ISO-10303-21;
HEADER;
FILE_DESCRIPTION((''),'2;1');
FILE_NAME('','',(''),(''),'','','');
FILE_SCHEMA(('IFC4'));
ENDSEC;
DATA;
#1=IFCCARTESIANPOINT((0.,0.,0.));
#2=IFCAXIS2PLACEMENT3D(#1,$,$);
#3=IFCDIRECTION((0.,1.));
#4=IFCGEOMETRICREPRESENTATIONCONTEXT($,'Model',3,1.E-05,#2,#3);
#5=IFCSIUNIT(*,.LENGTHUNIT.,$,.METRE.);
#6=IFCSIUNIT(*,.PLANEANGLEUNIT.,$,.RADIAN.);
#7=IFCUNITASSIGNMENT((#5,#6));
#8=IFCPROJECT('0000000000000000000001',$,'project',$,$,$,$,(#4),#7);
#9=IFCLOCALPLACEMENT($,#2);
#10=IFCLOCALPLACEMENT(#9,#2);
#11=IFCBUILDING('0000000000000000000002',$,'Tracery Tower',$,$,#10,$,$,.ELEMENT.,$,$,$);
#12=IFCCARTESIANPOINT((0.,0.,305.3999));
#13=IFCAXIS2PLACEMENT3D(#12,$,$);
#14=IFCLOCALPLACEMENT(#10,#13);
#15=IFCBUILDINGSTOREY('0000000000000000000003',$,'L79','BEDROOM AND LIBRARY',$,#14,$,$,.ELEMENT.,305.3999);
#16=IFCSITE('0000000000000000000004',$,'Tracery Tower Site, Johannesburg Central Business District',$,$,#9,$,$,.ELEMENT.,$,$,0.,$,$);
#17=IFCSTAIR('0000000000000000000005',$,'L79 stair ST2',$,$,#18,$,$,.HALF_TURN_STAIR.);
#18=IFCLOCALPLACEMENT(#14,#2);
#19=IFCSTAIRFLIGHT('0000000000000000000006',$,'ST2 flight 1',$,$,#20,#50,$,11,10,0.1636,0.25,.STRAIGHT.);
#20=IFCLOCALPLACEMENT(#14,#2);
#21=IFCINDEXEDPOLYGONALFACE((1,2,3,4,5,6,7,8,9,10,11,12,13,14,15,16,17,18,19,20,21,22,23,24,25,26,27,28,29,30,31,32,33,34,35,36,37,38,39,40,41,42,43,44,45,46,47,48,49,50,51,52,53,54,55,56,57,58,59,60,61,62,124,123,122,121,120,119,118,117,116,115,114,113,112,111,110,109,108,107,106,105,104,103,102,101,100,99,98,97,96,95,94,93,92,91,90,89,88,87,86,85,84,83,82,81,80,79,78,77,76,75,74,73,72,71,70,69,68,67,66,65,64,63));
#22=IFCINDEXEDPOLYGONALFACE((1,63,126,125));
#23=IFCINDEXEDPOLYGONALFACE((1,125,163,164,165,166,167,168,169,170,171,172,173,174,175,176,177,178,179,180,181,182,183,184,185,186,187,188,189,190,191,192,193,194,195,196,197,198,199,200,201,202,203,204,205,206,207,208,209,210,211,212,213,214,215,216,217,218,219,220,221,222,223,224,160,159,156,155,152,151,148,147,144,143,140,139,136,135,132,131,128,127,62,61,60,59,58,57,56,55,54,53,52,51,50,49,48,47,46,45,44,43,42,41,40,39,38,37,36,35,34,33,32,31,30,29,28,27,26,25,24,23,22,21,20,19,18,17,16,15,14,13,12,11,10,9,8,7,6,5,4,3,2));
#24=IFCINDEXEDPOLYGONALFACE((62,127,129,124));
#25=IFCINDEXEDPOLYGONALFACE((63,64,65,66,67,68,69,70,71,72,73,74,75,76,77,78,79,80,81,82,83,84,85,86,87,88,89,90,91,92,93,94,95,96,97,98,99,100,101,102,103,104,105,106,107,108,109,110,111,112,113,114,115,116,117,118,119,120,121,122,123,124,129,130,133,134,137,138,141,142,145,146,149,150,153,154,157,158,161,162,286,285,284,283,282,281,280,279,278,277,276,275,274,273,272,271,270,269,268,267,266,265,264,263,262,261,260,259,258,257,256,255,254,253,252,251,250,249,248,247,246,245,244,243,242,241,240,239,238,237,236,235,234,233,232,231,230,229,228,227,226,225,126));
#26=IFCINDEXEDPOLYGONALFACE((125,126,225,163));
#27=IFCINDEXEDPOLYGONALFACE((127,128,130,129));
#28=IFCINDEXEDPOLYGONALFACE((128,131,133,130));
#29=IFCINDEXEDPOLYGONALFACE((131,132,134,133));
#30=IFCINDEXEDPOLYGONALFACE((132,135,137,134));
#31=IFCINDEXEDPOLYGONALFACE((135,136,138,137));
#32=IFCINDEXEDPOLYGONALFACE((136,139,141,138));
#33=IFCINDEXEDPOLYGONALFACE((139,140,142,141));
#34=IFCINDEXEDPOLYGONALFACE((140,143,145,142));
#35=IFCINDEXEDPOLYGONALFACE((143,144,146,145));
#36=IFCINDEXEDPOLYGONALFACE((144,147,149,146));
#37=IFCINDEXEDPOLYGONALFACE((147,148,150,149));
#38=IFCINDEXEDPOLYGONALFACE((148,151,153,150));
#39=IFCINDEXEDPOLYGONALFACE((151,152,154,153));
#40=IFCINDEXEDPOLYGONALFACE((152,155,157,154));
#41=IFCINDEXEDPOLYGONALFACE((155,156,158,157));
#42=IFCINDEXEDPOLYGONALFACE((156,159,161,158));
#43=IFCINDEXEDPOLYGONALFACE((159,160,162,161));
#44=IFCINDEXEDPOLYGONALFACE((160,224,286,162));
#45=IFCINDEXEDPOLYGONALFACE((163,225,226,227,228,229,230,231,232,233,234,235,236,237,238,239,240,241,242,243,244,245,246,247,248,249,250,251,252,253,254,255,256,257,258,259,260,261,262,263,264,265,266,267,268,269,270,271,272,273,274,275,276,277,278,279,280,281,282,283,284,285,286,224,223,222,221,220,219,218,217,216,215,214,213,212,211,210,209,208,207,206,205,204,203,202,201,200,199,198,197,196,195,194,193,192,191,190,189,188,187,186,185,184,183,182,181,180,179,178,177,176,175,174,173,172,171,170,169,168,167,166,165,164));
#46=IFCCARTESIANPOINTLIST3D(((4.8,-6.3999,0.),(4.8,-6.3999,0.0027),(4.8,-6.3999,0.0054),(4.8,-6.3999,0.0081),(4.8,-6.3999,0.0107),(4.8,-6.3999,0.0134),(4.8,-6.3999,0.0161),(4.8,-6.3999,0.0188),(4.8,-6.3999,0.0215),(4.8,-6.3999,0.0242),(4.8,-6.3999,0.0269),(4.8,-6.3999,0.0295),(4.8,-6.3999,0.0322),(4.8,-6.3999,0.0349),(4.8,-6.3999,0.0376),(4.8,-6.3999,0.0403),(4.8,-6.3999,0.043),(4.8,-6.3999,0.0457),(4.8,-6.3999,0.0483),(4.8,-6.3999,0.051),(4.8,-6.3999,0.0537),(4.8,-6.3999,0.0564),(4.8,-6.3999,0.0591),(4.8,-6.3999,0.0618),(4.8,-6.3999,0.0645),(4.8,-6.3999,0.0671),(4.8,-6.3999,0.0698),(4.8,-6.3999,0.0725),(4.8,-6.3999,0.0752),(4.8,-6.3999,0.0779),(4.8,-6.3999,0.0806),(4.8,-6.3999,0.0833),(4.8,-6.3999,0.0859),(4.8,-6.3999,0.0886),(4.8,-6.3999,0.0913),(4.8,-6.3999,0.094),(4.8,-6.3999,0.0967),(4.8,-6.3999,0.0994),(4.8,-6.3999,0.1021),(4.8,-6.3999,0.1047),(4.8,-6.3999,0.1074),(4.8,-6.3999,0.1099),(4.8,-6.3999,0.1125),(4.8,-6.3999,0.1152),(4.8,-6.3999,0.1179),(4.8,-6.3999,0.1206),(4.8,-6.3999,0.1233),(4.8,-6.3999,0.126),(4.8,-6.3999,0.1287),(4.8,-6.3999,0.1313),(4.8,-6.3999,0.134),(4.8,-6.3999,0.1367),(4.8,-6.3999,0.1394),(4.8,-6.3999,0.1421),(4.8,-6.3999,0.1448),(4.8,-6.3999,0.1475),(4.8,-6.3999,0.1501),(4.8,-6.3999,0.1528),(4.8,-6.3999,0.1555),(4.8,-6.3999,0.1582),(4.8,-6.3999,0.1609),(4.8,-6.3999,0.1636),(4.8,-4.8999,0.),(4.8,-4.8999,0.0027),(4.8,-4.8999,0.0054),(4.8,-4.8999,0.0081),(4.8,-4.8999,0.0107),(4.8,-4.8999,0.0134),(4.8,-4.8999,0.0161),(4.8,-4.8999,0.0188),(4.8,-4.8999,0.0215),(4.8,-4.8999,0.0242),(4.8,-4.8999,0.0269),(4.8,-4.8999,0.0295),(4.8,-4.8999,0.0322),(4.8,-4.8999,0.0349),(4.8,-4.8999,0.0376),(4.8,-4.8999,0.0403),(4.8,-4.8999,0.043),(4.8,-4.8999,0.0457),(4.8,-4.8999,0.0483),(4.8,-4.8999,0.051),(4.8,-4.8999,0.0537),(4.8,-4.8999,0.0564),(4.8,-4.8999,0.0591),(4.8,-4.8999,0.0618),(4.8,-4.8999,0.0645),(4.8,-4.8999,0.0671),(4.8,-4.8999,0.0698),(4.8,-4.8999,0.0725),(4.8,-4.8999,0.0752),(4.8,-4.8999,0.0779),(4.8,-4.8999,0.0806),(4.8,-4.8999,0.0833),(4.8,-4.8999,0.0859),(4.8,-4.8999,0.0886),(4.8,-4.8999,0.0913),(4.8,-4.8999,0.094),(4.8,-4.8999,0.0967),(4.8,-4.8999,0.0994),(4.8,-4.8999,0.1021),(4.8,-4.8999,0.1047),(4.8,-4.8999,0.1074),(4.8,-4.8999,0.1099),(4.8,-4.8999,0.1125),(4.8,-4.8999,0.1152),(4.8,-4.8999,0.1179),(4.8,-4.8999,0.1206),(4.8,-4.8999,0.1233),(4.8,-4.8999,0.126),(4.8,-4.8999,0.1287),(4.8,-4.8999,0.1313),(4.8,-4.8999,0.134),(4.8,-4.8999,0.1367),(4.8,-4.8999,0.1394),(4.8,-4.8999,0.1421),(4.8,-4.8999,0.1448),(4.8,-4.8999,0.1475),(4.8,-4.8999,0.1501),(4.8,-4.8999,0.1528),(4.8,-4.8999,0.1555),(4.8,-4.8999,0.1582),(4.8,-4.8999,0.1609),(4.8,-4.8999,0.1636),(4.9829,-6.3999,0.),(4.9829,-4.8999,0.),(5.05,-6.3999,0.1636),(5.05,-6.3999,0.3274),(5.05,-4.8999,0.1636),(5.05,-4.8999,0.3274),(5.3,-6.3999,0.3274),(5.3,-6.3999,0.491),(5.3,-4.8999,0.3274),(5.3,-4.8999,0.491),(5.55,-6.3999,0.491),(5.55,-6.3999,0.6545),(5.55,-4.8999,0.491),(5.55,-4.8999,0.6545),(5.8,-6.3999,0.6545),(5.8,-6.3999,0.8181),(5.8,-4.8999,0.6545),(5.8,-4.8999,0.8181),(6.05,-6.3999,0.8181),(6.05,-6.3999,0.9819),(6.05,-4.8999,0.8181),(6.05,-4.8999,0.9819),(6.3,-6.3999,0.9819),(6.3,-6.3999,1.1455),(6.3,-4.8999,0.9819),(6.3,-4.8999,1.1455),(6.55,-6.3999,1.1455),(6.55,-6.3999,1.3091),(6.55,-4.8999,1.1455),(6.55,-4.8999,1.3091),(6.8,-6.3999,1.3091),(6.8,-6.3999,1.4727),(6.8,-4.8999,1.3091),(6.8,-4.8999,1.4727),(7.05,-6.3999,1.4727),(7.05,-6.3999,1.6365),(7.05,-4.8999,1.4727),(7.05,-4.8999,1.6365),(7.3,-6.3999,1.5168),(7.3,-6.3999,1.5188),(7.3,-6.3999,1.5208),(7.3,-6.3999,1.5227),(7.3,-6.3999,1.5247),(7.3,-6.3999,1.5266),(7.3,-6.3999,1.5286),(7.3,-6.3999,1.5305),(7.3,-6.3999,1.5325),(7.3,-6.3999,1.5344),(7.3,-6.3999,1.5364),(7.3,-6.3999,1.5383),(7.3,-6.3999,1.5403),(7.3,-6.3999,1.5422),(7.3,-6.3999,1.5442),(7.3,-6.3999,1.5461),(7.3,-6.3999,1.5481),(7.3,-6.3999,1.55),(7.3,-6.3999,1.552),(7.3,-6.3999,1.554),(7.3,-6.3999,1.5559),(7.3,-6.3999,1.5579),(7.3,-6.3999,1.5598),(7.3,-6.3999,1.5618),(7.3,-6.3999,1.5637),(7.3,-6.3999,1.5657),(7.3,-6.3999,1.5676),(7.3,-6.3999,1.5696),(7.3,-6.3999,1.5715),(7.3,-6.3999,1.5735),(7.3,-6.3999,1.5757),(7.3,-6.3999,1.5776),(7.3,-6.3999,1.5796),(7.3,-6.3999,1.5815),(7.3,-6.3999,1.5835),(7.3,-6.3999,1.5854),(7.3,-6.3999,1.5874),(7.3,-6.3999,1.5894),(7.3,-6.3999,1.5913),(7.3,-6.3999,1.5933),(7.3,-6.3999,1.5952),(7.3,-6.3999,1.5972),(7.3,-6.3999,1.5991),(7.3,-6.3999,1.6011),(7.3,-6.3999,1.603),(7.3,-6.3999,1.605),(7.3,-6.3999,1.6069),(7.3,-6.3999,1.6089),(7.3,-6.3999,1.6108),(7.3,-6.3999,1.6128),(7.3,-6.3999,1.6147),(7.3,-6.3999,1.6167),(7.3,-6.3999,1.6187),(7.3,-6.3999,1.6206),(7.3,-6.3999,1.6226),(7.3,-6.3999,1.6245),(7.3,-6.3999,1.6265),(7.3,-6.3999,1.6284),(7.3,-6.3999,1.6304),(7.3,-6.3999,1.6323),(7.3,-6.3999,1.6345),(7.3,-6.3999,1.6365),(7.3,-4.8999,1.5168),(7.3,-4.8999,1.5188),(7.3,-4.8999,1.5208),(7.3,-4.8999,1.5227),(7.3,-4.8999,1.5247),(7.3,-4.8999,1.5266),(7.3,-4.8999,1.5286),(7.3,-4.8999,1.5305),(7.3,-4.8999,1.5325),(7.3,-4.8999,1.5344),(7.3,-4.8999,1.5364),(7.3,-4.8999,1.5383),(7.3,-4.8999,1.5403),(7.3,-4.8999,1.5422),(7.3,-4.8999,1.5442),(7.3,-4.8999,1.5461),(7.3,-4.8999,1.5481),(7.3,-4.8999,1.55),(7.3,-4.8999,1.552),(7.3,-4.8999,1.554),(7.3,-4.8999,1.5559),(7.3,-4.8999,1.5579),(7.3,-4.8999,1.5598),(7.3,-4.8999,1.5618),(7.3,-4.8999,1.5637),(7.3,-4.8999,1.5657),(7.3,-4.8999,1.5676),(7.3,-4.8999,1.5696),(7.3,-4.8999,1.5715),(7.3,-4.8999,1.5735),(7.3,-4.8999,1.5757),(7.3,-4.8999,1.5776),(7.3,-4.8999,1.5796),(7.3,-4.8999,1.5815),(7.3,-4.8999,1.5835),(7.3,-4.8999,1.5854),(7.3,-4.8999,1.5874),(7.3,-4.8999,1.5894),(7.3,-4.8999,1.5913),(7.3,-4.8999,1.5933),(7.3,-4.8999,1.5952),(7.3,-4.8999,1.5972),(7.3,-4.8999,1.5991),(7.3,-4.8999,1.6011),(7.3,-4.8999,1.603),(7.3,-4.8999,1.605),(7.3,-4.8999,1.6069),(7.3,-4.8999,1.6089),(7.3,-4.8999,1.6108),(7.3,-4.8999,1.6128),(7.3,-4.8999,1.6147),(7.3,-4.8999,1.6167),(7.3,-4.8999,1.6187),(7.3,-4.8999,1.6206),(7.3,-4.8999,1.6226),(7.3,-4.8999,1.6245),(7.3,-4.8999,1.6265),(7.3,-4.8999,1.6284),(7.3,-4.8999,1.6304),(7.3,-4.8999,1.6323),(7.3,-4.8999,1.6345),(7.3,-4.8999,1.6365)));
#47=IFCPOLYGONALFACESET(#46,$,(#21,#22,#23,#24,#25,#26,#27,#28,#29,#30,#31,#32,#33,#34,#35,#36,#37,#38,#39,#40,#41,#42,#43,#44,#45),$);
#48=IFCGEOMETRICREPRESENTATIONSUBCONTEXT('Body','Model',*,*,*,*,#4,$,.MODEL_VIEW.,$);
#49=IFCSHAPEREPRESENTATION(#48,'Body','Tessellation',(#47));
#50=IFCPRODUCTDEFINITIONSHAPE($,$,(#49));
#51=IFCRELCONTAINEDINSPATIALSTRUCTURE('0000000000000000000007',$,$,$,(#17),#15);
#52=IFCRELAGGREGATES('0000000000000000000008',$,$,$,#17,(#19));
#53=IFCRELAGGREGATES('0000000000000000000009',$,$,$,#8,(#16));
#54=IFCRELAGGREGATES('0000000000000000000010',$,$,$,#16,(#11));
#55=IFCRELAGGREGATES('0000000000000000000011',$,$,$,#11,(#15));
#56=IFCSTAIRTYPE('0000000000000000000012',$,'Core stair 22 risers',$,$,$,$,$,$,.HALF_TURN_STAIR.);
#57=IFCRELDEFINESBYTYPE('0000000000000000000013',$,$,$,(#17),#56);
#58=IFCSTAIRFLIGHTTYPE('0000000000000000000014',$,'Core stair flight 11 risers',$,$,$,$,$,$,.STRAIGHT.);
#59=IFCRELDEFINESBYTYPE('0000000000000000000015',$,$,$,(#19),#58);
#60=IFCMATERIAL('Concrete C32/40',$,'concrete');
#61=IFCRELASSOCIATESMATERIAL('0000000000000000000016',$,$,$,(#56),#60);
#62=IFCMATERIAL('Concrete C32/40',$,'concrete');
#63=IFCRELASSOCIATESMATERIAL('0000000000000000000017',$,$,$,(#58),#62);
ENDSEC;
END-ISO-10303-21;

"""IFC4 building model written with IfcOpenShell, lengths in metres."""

from ifc_helpers import new_model, si_unit, direction, frame, origin, place, context, subcontext, project, spatial, polyline, outline, extrude, material, type_object, element, aggregate, save


model = new_model("IFC4")

# Units and contexts
model_context = context("Model", 3, precision=1e-05, world=origin(), true_north=direction((0.0, 1.0)))
body_context = subcontext(model_context, "Body", "Model", "MODEL_VIEW")
ifc_project = project(units=[si_unit("LENGTHUNIT", "METRE"), si_unit("PLANEANGLEUNIT", "RADIAN")], contexts=[model_context])

# Site, building, storey
site_placement = place(None, origin())
site = spatial("IfcSite", under=ifc_project, at=site_placement, Name="Tracery Tower Site, Johannesburg Central Business District", CompositionType="ELEMENT", RefElevation=0.0)
building_placement = place(site_placement, origin())
building = spatial("IfcBuilding", under=site, at=building_placement, Name="Tracery Tower", CompositionType="ELEMENT")
storey_placement = place(building_placement, frame((0.0, 0.0, 305.3999)))
storey = spatial("IfcBuildingStorey", under=building, at=storey_placement, Name="L79", Description="BEDROOM AND LIBRARY", CompositionType="ELEMENT", Elevation=305.3999)

# Stair
ifc_material_1 = material(Name="Concrete C32/40", Category="concrete")
stair_type = type_object("IfcStairType", Name="Core stair 22 risers", PredefinedType="HALF_TURN_STAIR", material=ifc_material_1)
stair_1_placement = place(storey_placement, origin())
stair_1 = element("IfcStair", 1, at=stair_1_placement, inside=storey, type_object=stair_type, Name="L79 stair ST2", PredefinedType="HALF_TURN_STAIR")

# Stair flight
ifc_material_2 = material(Name="Concrete C32/40", Category="concrete")
stair_flight_type = type_object("IfcStairFlightType", Name="Core stair flight 11 risers", PredefinedType="STRAIGHT", material=ifc_material_2)
stair_flight_placement = place(storey_placement, frame((4.8, -5.6499, 0.0), z_axis=(0.0, 0.0, 1.0), x_axis=(1.0, 0.0, 0.0)))
stair_flight = element("IfcStairFlight", 2, at=stair_flight_placement, type_object=stair_flight_type, Name="ST2 flight 1", NumberOfRisers=11, NumberOfTreads=10, PredefinedType="STRAIGHT", RiserHeight=0.1636, TreadLength=0.25, context=body_context, shape_type="SweptSolid", body=[
    extrude(outline(polyline([(0.0, 0.0), (0.0, 0.0027), (0.0, 0.0054), (0.0, 0.0081), (0.0, 0.0107), (0.0, 0.0134), (0.0, 0.0161), (0.0, 0.0188), (0.0, 0.0215), (0.0, 0.0242), (0.0, 0.0269), (0.0, 0.0295), (0.0, 0.0322), (0.0, 0.0349), (0.0, 0.0376), (0.0, 0.0403), (0.0, 0.043), (0.0, 0.0457), (0.0, 0.0483), (0.0, 0.051), (0.0, 0.0537), (0.0, 0.0564), (0.0, 0.0591), (0.0, 0.0618), (0.0, 0.0645), (0.0, 0.0671), (0.0, 0.0698), (0.0, 0.0725), (0.0, 0.0752), (0.0, 0.0779), (0.0, 0.0806), (0.0, 0.0833), (0.0, 0.0859), (0.0, 0.0886), (0.0, 0.0913), (0.0, 0.094), (0.0, 0.0967), (0.0, 0.0994), (0.0, 0.1021), (0.0, 0.1047), (0.0, 0.1074), (0.0, 0.1099), (0.0, 0.1125), (0.0, 0.1152), (0.0, 0.1179), (0.0, 0.1206), (0.0, 0.1233), (0.0, 0.126), (0.0, 0.1287), (0.0, 0.1313), (0.0, 0.134), (0.0, 0.1367), (0.0, 0.1394), (0.0, 0.1421), (0.0, 0.1448), (0.0, 0.1475), (0.0, 0.1501), (0.0, 0.1528), (0.0, 0.1555), (0.0, 0.1582), (0.0, 0.1609), (0.0, 0.1636), (0.25, 0.1636), (0.25, 0.3274), (0.5, 0.3274), (0.5, 0.491), (0.75, 0.491), (0.75, 0.6545), (1.0, 0.6545), (1.0, 0.8181), (1.25, 0.8181), (1.25, 0.9819), (1.5, 0.9819), (1.5, 1.1455), (1.75, 1.1455), (1.75, 1.3091), (2.0, 1.3091), (2.0, 1.4727), (2.25, 1.4727), (2.25, 1.6365), (2.5, 1.6365), (2.5, 1.6345), (2.5, 1.6323), (2.5, 1.6304), (2.5, 1.6284), (2.5, 1.6265), (2.5, 1.6245), (2.5, 1.6226), (2.5, 1.6206), (2.5, 1.6187), (2.5, 1.6167), (2.5, 1.6147), (2.5, 1.6128), (2.5, 1.6108), (2.5, 1.6089), (2.5, 1.6069), (2.5, 1.605), (2.5, 1.603), (2.5, 1.6011), (2.5, 1.5991), (2.5, 1.5972), (2.5, 1.5952), (2.5, 1.5933), (2.5, 1.5913), (2.5, 1.5894), (2.5, 1.5874), (2.5, 1.5854), (2.5, 1.5835), (2.5, 1.5815), (2.5, 1.5796), (2.5, 1.5776), (2.5, 1.5757), (2.5, 1.5735), (2.5, 1.5715), (2.5, 1.5696), (2.5, 1.5676), (2.5, 1.5657), (2.5, 1.5637), (2.5, 1.5618), (2.5, 1.5598), (2.5, 1.5579), (2.5, 1.5559), (2.5, 1.554), (2.5, 1.552), (2.5, 1.55), (2.5, 1.5481), (2.5, 1.5461), (2.5, 1.5442), (2.5, 1.5422), (2.5, 1.5403), (2.5, 1.5383), (2.5, 1.5364), (2.5, 1.5344), (2.5, 1.5325), (2.5, 1.5305), (2.5, 1.5286), (2.5, 1.5266), (2.5, 1.5247), (2.5, 1.5227), (2.5, 1.5208), (2.5, 1.5188), (2.5, 1.5168), (0.1829, 0.0), (0.0, 0.0)])), frame((0.0, 0.75, 0.0), z_axis=(0.0, -1.0, 0.0), x_axis=(1.0, 0.0, 0.0)), (0.0, 0.0, 1.0), 1.5),
])
aggregate(stair_1, [stair_flight])

save(model, "model.ifc")
